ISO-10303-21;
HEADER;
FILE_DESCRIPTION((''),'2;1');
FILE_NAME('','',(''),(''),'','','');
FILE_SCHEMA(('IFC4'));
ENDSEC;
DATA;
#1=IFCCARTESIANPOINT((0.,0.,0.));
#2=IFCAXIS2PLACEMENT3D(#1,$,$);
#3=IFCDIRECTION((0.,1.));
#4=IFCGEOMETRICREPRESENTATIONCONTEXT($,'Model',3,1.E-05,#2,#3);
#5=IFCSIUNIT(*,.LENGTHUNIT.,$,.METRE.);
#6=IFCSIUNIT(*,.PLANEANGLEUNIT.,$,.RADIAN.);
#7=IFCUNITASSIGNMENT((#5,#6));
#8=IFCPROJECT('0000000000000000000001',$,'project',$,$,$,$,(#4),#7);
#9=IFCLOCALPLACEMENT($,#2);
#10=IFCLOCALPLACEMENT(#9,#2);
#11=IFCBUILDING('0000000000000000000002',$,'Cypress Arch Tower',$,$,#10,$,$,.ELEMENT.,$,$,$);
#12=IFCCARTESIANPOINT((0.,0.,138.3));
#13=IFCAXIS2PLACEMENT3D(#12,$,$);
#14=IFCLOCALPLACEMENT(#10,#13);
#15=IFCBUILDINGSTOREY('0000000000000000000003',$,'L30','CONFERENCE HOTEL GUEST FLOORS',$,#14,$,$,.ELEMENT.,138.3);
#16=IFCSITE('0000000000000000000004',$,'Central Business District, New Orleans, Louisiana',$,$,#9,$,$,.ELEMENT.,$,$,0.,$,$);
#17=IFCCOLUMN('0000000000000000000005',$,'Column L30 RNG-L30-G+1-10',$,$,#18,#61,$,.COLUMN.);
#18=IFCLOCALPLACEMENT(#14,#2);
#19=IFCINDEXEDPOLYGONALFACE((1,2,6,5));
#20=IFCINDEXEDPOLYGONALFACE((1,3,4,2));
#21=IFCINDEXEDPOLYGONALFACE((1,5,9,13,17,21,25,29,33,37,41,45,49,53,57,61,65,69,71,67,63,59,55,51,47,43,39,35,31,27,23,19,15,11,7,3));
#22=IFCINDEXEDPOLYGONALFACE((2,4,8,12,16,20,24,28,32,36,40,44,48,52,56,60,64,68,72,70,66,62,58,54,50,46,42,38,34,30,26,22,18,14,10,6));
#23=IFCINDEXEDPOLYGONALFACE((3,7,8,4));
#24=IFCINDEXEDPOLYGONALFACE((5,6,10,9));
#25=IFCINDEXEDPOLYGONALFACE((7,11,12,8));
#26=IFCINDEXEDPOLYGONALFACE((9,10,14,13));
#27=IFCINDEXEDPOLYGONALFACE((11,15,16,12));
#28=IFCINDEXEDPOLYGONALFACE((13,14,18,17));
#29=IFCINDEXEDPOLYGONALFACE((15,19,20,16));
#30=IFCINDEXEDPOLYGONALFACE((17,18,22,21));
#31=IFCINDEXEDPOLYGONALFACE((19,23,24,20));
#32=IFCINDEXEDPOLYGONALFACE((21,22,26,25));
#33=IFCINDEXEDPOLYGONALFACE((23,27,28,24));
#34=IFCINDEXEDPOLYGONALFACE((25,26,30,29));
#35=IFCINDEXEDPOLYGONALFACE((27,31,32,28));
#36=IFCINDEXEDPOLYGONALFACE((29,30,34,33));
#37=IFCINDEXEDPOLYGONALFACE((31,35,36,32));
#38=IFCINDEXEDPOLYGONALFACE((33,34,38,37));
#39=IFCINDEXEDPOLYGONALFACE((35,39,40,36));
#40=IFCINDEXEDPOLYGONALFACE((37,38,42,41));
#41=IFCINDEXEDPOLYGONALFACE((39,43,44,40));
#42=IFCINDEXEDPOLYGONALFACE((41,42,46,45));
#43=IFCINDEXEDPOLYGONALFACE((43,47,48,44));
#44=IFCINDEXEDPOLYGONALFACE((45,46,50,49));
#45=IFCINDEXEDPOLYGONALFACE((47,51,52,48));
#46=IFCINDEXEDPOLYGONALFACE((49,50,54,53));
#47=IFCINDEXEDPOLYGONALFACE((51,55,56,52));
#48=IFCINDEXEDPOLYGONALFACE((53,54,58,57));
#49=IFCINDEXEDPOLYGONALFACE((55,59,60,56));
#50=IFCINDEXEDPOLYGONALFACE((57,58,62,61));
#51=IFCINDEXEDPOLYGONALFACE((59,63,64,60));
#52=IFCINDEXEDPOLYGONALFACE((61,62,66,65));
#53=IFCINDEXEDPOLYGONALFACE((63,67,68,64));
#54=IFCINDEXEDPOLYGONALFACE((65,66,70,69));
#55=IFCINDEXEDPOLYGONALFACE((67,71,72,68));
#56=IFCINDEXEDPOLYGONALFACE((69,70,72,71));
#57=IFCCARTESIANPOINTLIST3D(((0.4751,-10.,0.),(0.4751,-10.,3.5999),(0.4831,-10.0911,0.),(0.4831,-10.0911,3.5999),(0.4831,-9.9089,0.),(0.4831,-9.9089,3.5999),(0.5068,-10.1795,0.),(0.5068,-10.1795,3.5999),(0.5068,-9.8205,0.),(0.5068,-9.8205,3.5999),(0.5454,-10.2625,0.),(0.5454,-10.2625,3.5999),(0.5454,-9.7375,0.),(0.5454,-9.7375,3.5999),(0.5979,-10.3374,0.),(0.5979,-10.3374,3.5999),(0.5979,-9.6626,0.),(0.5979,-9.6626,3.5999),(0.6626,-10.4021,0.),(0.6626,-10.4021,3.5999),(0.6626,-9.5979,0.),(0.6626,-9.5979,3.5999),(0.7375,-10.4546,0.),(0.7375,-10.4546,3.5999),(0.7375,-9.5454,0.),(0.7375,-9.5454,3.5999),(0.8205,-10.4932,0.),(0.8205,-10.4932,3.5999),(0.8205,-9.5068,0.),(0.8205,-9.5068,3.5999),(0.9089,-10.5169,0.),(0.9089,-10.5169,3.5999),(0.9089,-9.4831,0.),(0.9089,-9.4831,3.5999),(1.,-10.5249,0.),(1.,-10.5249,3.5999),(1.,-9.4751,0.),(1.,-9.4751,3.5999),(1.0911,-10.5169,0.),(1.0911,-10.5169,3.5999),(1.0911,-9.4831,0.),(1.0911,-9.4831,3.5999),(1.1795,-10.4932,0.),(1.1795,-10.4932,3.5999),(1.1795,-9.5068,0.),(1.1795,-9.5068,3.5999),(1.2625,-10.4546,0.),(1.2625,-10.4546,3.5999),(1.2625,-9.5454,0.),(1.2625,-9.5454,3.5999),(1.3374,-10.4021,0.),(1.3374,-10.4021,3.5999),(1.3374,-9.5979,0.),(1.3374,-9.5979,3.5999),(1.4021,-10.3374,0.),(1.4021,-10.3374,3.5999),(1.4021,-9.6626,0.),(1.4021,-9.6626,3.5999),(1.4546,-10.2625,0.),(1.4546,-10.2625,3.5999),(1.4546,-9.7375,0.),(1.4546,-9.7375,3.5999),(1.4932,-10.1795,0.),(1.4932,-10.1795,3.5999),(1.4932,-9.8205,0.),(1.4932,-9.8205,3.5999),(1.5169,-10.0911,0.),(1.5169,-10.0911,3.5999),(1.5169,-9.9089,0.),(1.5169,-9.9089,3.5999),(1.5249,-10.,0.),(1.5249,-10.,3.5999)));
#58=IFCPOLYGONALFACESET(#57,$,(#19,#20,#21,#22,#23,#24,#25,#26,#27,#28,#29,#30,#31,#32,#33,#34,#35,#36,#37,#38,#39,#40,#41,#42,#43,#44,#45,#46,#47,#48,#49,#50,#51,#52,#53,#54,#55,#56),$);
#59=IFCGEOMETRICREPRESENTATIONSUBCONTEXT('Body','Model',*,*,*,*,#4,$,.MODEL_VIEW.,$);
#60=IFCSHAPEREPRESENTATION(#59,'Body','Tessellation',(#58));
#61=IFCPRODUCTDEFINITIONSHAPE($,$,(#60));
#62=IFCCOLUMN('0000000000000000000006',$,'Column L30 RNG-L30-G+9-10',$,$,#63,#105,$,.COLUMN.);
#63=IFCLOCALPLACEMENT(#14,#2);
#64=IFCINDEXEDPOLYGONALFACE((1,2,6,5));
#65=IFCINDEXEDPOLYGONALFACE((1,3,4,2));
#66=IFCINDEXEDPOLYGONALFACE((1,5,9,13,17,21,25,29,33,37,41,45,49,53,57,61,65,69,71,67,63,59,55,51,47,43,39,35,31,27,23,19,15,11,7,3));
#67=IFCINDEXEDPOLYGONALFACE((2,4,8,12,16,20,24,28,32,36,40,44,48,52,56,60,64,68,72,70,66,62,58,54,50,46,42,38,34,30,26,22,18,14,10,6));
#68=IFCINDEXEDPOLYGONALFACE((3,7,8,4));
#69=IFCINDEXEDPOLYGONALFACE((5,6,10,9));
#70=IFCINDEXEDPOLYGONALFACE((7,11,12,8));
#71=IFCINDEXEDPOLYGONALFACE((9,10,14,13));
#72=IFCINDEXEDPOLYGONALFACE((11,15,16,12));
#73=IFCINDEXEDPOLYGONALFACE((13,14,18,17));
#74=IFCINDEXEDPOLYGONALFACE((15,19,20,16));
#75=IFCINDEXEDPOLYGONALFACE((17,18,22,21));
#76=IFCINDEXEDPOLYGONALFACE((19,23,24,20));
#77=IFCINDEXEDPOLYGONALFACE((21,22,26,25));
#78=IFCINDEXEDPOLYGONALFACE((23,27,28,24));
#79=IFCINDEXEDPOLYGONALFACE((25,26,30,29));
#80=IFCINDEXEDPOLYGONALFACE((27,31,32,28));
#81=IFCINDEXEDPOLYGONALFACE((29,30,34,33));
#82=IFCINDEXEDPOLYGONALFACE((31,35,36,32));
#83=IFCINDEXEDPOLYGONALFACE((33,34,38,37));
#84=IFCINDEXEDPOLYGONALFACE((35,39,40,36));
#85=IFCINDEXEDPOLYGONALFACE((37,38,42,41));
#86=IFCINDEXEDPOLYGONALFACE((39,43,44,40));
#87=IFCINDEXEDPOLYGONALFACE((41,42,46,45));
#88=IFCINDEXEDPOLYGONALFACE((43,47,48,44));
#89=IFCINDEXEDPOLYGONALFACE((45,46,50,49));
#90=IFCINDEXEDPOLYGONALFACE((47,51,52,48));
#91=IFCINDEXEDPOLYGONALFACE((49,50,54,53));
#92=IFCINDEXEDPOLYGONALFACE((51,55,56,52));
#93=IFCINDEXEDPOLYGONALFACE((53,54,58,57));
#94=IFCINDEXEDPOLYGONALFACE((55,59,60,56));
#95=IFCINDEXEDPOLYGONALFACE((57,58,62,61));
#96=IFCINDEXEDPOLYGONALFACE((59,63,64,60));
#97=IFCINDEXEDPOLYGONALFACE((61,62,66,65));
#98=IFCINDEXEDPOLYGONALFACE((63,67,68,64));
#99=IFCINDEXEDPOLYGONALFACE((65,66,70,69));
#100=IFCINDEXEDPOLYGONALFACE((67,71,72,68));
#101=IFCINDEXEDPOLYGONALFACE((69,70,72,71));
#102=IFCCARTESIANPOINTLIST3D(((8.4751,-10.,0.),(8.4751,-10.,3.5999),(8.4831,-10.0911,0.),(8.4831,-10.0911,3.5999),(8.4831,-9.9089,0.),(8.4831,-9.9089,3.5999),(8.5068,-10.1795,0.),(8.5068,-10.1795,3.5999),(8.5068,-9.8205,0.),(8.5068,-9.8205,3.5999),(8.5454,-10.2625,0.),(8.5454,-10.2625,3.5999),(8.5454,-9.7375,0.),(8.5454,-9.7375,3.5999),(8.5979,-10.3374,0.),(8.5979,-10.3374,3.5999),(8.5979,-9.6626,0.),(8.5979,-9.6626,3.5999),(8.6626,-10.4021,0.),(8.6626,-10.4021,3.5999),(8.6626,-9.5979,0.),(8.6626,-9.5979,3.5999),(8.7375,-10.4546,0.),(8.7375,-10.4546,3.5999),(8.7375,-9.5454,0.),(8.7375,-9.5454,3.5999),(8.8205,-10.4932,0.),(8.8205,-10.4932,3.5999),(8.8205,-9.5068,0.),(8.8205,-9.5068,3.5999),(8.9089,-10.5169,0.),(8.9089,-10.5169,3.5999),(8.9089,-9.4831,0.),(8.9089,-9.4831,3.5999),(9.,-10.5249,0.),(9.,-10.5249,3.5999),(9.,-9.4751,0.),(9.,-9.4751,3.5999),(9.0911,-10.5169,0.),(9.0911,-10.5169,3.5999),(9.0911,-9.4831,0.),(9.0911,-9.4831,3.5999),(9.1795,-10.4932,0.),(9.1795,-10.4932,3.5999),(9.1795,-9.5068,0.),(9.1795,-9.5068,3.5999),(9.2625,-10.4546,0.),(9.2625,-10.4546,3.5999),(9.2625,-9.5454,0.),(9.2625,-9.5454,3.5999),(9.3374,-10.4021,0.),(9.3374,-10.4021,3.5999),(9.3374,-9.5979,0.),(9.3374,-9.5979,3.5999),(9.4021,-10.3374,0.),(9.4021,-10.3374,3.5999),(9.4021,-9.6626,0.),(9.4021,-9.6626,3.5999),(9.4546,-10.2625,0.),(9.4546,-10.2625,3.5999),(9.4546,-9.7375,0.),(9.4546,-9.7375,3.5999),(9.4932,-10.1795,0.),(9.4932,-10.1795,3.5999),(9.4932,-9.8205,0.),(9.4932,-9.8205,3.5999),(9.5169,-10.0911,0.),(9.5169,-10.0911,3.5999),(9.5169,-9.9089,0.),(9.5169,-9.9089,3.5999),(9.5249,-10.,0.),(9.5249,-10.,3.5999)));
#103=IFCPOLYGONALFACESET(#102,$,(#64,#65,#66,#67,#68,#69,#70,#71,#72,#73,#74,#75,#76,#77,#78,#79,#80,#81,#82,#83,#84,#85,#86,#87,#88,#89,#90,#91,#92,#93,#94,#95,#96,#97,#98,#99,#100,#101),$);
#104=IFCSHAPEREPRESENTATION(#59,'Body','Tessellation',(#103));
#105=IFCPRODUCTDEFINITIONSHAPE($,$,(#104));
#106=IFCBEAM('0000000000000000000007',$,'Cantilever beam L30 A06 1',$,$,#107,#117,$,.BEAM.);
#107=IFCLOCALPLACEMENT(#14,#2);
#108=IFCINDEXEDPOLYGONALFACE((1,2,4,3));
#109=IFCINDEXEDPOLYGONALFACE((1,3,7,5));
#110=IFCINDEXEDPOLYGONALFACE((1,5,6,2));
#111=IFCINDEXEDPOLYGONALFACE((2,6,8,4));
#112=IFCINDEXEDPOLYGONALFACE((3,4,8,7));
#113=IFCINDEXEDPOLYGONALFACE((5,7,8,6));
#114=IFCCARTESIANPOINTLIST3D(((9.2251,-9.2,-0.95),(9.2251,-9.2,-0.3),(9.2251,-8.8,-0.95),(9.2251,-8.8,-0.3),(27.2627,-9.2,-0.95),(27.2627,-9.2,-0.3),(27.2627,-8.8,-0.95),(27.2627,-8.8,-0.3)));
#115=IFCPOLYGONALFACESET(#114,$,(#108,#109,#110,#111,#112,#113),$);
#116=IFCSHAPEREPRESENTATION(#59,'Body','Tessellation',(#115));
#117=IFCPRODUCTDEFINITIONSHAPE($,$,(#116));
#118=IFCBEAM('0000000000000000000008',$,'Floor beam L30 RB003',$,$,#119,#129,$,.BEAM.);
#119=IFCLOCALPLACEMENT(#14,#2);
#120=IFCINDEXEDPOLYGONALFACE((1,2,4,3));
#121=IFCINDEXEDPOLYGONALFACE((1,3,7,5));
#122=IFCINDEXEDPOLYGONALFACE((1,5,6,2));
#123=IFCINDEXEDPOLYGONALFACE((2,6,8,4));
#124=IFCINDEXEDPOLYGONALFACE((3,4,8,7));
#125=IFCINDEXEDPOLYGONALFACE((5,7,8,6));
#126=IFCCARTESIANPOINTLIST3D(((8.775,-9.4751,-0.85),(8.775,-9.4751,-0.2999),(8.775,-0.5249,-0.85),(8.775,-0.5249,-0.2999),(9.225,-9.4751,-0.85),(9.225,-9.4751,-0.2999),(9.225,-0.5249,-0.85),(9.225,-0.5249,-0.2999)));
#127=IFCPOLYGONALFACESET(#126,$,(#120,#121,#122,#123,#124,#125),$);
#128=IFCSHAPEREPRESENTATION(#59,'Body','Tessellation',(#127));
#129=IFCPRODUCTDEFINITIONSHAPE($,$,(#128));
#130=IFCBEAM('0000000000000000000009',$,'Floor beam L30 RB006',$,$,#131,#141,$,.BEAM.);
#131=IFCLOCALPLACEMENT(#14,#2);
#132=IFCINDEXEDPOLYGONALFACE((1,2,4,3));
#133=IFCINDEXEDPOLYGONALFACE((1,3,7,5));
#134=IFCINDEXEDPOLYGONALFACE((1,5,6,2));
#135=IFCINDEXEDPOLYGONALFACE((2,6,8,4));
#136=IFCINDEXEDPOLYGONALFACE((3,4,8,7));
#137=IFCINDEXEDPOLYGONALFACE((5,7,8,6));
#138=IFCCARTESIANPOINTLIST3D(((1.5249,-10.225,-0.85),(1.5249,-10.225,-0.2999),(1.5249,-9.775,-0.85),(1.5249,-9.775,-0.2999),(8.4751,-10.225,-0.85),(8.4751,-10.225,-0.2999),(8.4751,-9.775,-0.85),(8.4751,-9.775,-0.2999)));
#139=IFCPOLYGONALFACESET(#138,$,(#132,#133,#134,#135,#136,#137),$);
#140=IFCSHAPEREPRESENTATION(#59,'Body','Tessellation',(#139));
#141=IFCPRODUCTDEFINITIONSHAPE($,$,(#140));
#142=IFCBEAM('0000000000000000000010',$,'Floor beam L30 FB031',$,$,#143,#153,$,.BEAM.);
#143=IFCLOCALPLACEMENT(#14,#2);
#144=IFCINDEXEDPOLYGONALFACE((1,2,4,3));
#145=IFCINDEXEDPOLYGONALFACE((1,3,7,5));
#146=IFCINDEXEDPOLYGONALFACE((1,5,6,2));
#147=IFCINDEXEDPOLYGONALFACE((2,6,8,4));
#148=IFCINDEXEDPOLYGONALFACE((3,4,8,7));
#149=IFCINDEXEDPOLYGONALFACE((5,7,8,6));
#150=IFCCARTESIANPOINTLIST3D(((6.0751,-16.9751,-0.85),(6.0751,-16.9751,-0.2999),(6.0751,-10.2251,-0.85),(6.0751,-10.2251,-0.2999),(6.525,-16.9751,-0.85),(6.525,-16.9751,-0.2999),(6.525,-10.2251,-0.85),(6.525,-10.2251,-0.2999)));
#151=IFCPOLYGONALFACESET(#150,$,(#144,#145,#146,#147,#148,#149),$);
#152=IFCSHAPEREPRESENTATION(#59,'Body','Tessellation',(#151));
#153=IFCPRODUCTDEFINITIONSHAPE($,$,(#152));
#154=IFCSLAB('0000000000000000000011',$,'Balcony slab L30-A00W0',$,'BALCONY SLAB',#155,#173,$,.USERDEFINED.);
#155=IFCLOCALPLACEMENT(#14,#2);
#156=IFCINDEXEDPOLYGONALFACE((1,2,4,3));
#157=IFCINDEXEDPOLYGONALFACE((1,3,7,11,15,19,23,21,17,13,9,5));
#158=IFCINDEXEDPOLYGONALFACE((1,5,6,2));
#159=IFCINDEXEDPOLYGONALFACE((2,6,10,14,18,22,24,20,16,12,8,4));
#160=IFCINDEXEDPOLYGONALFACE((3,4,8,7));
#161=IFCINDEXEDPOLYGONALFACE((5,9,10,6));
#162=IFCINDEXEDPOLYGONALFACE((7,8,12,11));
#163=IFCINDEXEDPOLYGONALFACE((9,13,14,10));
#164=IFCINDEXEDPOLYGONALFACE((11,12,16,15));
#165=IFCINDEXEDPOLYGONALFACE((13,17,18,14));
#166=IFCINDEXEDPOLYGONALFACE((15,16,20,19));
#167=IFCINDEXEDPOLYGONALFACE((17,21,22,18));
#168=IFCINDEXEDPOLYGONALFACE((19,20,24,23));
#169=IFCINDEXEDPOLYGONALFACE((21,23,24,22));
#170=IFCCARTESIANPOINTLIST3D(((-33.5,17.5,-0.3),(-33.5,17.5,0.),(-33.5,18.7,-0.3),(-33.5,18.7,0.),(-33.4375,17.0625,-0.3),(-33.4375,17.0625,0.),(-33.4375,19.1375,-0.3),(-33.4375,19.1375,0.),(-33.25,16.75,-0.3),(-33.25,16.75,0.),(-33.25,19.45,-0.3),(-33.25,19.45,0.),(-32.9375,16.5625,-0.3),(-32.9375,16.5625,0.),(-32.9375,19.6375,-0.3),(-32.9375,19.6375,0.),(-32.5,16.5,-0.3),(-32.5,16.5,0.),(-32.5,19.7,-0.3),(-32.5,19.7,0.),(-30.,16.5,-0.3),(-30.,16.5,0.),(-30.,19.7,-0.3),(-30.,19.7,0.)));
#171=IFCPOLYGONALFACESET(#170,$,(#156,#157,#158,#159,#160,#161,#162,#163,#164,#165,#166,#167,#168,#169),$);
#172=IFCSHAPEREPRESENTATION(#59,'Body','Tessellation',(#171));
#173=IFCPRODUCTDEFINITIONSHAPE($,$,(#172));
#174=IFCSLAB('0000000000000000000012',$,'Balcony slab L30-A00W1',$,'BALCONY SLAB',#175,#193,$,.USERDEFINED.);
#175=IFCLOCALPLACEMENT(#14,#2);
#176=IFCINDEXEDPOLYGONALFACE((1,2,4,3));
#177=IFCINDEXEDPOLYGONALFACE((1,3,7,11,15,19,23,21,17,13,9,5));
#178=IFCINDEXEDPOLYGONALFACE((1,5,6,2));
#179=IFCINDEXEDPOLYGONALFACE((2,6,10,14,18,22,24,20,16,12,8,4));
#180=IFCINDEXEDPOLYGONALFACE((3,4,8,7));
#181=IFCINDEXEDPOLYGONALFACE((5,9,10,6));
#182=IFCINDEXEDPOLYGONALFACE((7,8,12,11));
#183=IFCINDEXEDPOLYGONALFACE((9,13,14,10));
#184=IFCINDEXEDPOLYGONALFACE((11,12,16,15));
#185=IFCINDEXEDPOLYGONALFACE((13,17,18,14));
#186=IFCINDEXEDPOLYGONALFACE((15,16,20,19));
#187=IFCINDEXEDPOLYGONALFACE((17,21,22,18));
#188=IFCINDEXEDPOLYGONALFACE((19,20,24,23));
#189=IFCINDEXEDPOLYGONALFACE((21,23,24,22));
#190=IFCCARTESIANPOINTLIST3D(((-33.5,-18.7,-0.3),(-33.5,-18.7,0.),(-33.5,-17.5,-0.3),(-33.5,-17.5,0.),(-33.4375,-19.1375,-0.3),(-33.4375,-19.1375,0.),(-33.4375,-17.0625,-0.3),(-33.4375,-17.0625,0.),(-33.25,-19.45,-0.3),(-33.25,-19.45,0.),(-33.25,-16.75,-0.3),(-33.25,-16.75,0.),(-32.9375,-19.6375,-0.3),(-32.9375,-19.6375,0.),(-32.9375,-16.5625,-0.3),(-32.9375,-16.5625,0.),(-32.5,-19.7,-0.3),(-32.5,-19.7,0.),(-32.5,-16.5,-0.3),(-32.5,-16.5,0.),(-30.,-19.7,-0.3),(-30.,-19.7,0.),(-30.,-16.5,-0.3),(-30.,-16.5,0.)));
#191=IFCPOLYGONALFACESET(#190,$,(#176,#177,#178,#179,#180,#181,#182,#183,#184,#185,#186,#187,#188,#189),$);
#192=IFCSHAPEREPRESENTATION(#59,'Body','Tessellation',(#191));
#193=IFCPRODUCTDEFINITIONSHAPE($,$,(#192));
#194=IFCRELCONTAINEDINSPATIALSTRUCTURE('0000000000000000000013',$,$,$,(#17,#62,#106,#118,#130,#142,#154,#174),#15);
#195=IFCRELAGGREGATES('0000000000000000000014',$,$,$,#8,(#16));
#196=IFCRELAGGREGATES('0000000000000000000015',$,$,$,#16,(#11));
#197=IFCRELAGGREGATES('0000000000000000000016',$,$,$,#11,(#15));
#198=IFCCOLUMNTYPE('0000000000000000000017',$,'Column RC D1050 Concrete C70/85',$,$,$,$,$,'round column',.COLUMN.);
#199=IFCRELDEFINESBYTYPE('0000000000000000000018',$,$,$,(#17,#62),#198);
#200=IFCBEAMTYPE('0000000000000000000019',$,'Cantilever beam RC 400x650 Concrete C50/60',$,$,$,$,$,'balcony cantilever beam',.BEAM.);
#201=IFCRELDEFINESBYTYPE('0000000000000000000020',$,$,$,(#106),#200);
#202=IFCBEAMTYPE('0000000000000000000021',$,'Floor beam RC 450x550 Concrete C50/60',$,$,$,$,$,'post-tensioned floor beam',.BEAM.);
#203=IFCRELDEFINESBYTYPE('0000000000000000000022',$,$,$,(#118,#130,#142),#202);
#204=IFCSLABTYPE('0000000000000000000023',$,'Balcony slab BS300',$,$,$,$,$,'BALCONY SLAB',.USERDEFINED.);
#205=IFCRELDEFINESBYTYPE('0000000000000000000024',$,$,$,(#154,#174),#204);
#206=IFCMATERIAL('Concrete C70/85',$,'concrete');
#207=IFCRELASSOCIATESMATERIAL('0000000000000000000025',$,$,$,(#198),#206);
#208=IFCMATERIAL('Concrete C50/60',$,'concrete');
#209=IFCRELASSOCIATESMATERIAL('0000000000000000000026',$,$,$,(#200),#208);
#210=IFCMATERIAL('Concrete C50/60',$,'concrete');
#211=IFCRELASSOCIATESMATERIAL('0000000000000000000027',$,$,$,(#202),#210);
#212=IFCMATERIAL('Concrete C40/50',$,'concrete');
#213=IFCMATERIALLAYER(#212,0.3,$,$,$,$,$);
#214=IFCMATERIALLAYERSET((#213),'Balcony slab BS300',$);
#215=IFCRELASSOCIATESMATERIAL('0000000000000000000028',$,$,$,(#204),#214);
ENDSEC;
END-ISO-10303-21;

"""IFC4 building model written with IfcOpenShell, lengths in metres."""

from ifc_helpers import new_model, si_unit, direction, frame, origin, origin_2d, place, context, subcontext, project, spatial, polyline, rectangle, circle, outline, extrude, material, layer, layer_set, material_profile, profile_set, type_object, element, save


model = new_model("IFC4")

# Units and contexts
model_context = context("Model", 3, precision=1e-05, world=origin(), true_north=direction((0.0, 1.0)))
body_context = subcontext(model_context, "Body", "Model", "MODEL_VIEW")
ifc_project = project(units=[si_unit("LENGTHUNIT", "METRE"), si_unit("PLANEANGLEUNIT", "RADIAN")], contexts=[model_context])

# Site, building, storey
site_placement = place(None, origin())
site = spatial("IfcSite", under=ifc_project, at=site_placement, Name="Central Business District, New Orleans, Louisiana", CompositionType="ELEMENT", RefElevation=0.0)
building_placement = place(site_placement, origin())
building = spatial("IfcBuilding", under=site, at=building_placement, Name="Cypress Arch Tower", CompositionType="ELEMENT")
storey_placement = place(building_placement, frame((0.0, 0.0, 138.3)))
storey = spatial("IfcBuildingStorey", under=building, at=storey_placement, Name="L30", Description="CONFERENCE HOTEL GUEST FLOORS", CompositionType="ELEMENT", Elevation=138.3)

# Columns
ifc_material_1 = material(Name="Concrete C70/85", Category="concrete")
ifc_material_profile_1 = material_profile(ifc_material_1, circle(Radius=0.5249, at=origin_2d()), Name="RC D1050")
ifc_profile_set_1 = profile_set([ifc_material_profile_1], Name="Concrete C70/85")
column_type = type_object("IfcColumnType", Name="Column RC D1050 Concrete C70/85", ElementType="round column", PredefinedType="COLUMN", material=ifc_profile_set_1)
for number, where, z_axis, x_axis, name in (
    (1, (1.0, -10.0, 0.0), (0.0, 0.0, 1.0), (1.0, 0.0, 0.0), "Column L30 RNG-L30-G+1-10"),
    (2, (9.0, -10.0, 0.0), (0.0, 0.0, 1.0), (1.0, 0.0, 0.0), "Column L30 RNG-L30-G+9-10"),
):
    element("IfcColumn", number, at=place(storey_placement, frame(where, z_axis=z_axis, x_axis=x_axis)), inside=storey, type_object=column_type, Name=name, PredefinedType="COLUMN", context=body_context, shape_type="SweptSolid", body=[
        extrude(circle(Radius=0.5249, at=origin_2d()), origin(), (0.0, 0.0, 1.0), 3.5999),
    ])

# Beams
ifc_material_2 = material(Name="Concrete C50/60", Category="concrete")
ifc_material_profile_2 = material_profile(ifc_material_2, rectangle(XDim=0.3999, YDim=0.6499, at=origin_2d()), Name="RC 400x650")
ifc_profile_set_2 = profile_set([ifc_material_profile_2], Name="Concrete C50/60")
beam_type_1 = type_object("IfcBeamType", Name="Cantilever beam RC 400x650 Concrete C50/60", ElementType="balcony cantilever beam", PredefinedType="BEAM", material=ifc_profile_set_2)
beam_1_placement = place(storey_placement, frame((9.2251, -9.0, -0.625), z_axis=(1.0, 0.0, 0.0), x_axis=(0.0, 1.0, 0.0)))
element("IfcBeam", 3, at=beam_1_placement, inside=storey, type_object=beam_type_1, Name="Cantilever beam L30 A06 1", PredefinedType="BEAM", context=body_context, shape_type="SweptSolid", body=[
    extrude(rectangle(XDim=0.3999, YDim=0.6499, at=origin_2d()), origin(), (0.0, 0.0, 1.0), 18.0376),
])
ifc_material_3 = material(Name="Concrete C50/60", Category="concrete")
ifc_material_profile_3 = material_profile(ifc_material_3, rectangle(XDim=0.45, YDim=0.55, at=origin_2d()), Name="RC 450x550")
ifc_profile_set_3 = profile_set([ifc_material_profile_3], Name="Concrete C50/60")
beam_type_2 = type_object("IfcBeamType", Name="Floor beam RC 450x550 Concrete C50/60", ElementType="post-tensioned floor beam", PredefinedType="BEAM", material=ifc_profile_set_3)
beam_2_placement = place(storey_placement, frame((9.0, -9.4751, -0.575), z_axis=(0.0, 1.0, 0.0), x_axis=(-1.0, 0.0, 0.0)))
element("IfcBeam", 4, at=beam_2_placement, inside=storey, type_object=beam_type_2, Name="Floor beam L30 RB003", PredefinedType="BEAM", context=body_context, shape_type="SweptSolid", body=[
    extrude(rectangle(XDim=0.45, YDim=0.55, at=origin_2d()), origin(), (0.0, 0.0, 1.0), 8.9502),
])
beam_3_placement = place(storey_placement, frame((1.5249, -10.0, -0.575), z_axis=(1.0, 0.0, 0.0), x_axis=(0.0, 1.0, 0.0)))
element("IfcBeam", 5, at=beam_3_placement, inside=storey, type_object=beam_type_2, Name="Floor beam L30 RB006", PredefinedType="BEAM", context=body_context, shape_type="SweptSolid", body=[
    extrude(rectangle(XDim=0.45, YDim=0.55, at=origin_2d()), origin(), (0.0, 0.0, 1.0), 6.9502),
])
beam_4_placement = place(storey_placement, frame((6.3, -16.9751, -0.575), z_axis=(0.0, 1.0, 0.0), x_axis=(-1.0, 0.0, 0.0)))
element("IfcBeam", 6, at=beam_4_placement, inside=storey, type_object=beam_type_2, Name="Floor beam L30 FB031", PredefinedType="BEAM", context=body_context, shape_type="SweptSolid", body=[
    extrude(rectangle(XDim=0.45, YDim=0.55, at=origin_2d()), origin(), (0.0, 0.0, 1.0), 6.75),
])

# Slabs
ifc_material_4 = material(Name="Concrete C40/50", Category="concrete")
ifc_layer_1 = layer(ifc_material_4, 0.3)
ifc_layer_set_1 = layer_set([ifc_layer_1], Name="Balcony slab BS300")
slab_type_1 = type_object("IfcSlabType", Name="Balcony slab BS300", ElementType="BALCONY SLAB", PredefinedType="USERDEFINED", material=ifc_layer_set_1)
slab_1_placement = place(storey_placement, frame((0.0, 0.0, -0.3)))
element("IfcSlab", 7, at=slab_1_placement, inside=storey, type_object=slab_type_1, Name="Balcony slab L30-A00W0", ObjectType="BALCONY SLAB", PredefinedType="USERDEFINED", context=body_context, shape_type="SweptSolid", body=[
    extrude(outline(polyline([(-30.0, 19.7), (-32.5, 19.7), (-32.9375, 19.6375), (-33.25, 19.45), (-33.4375, 19.1375), (-33.5, 18.7), (-33.5, 17.5), (-33.4375, 17.0625), (-33.25, 16.75), (-32.9375, 16.5625), (-32.5, 16.5), (-30.0, 16.5), (-30.0, 19.7)])), origin(), (0.0, 0.0, 1.0), 0.3),
])
slab_2_placement = place(storey_placement, frame((0.0, 0.0, -0.3)))
element("IfcSlab", 8, at=slab_2_placement, inside=storey, type_object=slab_type_1, Name="Balcony slab L30-A00W1", ObjectType="BALCONY SLAB", PredefinedType="USERDEFINED", context=body_context, shape_type="SweptSolid", body=[
    extrude(outline(polyline([(-30.0, -16.5), (-32.5, -16.5), (-32.9375, -16.5625), (-33.25, -16.75), (-33.4375, -17.0625), (-33.5, -17.5), (-33.5, -18.7), (-33.4375, -19.1375), (-33.25, -19.45), (-32.9375, -19.6375), (-32.5, -19.7), (-30.0, -19.7), (-30.0, -16.5)])), origin(), (0.0, 0.0, 1.0), 0.3),
])

save(model, "model.ifc")
